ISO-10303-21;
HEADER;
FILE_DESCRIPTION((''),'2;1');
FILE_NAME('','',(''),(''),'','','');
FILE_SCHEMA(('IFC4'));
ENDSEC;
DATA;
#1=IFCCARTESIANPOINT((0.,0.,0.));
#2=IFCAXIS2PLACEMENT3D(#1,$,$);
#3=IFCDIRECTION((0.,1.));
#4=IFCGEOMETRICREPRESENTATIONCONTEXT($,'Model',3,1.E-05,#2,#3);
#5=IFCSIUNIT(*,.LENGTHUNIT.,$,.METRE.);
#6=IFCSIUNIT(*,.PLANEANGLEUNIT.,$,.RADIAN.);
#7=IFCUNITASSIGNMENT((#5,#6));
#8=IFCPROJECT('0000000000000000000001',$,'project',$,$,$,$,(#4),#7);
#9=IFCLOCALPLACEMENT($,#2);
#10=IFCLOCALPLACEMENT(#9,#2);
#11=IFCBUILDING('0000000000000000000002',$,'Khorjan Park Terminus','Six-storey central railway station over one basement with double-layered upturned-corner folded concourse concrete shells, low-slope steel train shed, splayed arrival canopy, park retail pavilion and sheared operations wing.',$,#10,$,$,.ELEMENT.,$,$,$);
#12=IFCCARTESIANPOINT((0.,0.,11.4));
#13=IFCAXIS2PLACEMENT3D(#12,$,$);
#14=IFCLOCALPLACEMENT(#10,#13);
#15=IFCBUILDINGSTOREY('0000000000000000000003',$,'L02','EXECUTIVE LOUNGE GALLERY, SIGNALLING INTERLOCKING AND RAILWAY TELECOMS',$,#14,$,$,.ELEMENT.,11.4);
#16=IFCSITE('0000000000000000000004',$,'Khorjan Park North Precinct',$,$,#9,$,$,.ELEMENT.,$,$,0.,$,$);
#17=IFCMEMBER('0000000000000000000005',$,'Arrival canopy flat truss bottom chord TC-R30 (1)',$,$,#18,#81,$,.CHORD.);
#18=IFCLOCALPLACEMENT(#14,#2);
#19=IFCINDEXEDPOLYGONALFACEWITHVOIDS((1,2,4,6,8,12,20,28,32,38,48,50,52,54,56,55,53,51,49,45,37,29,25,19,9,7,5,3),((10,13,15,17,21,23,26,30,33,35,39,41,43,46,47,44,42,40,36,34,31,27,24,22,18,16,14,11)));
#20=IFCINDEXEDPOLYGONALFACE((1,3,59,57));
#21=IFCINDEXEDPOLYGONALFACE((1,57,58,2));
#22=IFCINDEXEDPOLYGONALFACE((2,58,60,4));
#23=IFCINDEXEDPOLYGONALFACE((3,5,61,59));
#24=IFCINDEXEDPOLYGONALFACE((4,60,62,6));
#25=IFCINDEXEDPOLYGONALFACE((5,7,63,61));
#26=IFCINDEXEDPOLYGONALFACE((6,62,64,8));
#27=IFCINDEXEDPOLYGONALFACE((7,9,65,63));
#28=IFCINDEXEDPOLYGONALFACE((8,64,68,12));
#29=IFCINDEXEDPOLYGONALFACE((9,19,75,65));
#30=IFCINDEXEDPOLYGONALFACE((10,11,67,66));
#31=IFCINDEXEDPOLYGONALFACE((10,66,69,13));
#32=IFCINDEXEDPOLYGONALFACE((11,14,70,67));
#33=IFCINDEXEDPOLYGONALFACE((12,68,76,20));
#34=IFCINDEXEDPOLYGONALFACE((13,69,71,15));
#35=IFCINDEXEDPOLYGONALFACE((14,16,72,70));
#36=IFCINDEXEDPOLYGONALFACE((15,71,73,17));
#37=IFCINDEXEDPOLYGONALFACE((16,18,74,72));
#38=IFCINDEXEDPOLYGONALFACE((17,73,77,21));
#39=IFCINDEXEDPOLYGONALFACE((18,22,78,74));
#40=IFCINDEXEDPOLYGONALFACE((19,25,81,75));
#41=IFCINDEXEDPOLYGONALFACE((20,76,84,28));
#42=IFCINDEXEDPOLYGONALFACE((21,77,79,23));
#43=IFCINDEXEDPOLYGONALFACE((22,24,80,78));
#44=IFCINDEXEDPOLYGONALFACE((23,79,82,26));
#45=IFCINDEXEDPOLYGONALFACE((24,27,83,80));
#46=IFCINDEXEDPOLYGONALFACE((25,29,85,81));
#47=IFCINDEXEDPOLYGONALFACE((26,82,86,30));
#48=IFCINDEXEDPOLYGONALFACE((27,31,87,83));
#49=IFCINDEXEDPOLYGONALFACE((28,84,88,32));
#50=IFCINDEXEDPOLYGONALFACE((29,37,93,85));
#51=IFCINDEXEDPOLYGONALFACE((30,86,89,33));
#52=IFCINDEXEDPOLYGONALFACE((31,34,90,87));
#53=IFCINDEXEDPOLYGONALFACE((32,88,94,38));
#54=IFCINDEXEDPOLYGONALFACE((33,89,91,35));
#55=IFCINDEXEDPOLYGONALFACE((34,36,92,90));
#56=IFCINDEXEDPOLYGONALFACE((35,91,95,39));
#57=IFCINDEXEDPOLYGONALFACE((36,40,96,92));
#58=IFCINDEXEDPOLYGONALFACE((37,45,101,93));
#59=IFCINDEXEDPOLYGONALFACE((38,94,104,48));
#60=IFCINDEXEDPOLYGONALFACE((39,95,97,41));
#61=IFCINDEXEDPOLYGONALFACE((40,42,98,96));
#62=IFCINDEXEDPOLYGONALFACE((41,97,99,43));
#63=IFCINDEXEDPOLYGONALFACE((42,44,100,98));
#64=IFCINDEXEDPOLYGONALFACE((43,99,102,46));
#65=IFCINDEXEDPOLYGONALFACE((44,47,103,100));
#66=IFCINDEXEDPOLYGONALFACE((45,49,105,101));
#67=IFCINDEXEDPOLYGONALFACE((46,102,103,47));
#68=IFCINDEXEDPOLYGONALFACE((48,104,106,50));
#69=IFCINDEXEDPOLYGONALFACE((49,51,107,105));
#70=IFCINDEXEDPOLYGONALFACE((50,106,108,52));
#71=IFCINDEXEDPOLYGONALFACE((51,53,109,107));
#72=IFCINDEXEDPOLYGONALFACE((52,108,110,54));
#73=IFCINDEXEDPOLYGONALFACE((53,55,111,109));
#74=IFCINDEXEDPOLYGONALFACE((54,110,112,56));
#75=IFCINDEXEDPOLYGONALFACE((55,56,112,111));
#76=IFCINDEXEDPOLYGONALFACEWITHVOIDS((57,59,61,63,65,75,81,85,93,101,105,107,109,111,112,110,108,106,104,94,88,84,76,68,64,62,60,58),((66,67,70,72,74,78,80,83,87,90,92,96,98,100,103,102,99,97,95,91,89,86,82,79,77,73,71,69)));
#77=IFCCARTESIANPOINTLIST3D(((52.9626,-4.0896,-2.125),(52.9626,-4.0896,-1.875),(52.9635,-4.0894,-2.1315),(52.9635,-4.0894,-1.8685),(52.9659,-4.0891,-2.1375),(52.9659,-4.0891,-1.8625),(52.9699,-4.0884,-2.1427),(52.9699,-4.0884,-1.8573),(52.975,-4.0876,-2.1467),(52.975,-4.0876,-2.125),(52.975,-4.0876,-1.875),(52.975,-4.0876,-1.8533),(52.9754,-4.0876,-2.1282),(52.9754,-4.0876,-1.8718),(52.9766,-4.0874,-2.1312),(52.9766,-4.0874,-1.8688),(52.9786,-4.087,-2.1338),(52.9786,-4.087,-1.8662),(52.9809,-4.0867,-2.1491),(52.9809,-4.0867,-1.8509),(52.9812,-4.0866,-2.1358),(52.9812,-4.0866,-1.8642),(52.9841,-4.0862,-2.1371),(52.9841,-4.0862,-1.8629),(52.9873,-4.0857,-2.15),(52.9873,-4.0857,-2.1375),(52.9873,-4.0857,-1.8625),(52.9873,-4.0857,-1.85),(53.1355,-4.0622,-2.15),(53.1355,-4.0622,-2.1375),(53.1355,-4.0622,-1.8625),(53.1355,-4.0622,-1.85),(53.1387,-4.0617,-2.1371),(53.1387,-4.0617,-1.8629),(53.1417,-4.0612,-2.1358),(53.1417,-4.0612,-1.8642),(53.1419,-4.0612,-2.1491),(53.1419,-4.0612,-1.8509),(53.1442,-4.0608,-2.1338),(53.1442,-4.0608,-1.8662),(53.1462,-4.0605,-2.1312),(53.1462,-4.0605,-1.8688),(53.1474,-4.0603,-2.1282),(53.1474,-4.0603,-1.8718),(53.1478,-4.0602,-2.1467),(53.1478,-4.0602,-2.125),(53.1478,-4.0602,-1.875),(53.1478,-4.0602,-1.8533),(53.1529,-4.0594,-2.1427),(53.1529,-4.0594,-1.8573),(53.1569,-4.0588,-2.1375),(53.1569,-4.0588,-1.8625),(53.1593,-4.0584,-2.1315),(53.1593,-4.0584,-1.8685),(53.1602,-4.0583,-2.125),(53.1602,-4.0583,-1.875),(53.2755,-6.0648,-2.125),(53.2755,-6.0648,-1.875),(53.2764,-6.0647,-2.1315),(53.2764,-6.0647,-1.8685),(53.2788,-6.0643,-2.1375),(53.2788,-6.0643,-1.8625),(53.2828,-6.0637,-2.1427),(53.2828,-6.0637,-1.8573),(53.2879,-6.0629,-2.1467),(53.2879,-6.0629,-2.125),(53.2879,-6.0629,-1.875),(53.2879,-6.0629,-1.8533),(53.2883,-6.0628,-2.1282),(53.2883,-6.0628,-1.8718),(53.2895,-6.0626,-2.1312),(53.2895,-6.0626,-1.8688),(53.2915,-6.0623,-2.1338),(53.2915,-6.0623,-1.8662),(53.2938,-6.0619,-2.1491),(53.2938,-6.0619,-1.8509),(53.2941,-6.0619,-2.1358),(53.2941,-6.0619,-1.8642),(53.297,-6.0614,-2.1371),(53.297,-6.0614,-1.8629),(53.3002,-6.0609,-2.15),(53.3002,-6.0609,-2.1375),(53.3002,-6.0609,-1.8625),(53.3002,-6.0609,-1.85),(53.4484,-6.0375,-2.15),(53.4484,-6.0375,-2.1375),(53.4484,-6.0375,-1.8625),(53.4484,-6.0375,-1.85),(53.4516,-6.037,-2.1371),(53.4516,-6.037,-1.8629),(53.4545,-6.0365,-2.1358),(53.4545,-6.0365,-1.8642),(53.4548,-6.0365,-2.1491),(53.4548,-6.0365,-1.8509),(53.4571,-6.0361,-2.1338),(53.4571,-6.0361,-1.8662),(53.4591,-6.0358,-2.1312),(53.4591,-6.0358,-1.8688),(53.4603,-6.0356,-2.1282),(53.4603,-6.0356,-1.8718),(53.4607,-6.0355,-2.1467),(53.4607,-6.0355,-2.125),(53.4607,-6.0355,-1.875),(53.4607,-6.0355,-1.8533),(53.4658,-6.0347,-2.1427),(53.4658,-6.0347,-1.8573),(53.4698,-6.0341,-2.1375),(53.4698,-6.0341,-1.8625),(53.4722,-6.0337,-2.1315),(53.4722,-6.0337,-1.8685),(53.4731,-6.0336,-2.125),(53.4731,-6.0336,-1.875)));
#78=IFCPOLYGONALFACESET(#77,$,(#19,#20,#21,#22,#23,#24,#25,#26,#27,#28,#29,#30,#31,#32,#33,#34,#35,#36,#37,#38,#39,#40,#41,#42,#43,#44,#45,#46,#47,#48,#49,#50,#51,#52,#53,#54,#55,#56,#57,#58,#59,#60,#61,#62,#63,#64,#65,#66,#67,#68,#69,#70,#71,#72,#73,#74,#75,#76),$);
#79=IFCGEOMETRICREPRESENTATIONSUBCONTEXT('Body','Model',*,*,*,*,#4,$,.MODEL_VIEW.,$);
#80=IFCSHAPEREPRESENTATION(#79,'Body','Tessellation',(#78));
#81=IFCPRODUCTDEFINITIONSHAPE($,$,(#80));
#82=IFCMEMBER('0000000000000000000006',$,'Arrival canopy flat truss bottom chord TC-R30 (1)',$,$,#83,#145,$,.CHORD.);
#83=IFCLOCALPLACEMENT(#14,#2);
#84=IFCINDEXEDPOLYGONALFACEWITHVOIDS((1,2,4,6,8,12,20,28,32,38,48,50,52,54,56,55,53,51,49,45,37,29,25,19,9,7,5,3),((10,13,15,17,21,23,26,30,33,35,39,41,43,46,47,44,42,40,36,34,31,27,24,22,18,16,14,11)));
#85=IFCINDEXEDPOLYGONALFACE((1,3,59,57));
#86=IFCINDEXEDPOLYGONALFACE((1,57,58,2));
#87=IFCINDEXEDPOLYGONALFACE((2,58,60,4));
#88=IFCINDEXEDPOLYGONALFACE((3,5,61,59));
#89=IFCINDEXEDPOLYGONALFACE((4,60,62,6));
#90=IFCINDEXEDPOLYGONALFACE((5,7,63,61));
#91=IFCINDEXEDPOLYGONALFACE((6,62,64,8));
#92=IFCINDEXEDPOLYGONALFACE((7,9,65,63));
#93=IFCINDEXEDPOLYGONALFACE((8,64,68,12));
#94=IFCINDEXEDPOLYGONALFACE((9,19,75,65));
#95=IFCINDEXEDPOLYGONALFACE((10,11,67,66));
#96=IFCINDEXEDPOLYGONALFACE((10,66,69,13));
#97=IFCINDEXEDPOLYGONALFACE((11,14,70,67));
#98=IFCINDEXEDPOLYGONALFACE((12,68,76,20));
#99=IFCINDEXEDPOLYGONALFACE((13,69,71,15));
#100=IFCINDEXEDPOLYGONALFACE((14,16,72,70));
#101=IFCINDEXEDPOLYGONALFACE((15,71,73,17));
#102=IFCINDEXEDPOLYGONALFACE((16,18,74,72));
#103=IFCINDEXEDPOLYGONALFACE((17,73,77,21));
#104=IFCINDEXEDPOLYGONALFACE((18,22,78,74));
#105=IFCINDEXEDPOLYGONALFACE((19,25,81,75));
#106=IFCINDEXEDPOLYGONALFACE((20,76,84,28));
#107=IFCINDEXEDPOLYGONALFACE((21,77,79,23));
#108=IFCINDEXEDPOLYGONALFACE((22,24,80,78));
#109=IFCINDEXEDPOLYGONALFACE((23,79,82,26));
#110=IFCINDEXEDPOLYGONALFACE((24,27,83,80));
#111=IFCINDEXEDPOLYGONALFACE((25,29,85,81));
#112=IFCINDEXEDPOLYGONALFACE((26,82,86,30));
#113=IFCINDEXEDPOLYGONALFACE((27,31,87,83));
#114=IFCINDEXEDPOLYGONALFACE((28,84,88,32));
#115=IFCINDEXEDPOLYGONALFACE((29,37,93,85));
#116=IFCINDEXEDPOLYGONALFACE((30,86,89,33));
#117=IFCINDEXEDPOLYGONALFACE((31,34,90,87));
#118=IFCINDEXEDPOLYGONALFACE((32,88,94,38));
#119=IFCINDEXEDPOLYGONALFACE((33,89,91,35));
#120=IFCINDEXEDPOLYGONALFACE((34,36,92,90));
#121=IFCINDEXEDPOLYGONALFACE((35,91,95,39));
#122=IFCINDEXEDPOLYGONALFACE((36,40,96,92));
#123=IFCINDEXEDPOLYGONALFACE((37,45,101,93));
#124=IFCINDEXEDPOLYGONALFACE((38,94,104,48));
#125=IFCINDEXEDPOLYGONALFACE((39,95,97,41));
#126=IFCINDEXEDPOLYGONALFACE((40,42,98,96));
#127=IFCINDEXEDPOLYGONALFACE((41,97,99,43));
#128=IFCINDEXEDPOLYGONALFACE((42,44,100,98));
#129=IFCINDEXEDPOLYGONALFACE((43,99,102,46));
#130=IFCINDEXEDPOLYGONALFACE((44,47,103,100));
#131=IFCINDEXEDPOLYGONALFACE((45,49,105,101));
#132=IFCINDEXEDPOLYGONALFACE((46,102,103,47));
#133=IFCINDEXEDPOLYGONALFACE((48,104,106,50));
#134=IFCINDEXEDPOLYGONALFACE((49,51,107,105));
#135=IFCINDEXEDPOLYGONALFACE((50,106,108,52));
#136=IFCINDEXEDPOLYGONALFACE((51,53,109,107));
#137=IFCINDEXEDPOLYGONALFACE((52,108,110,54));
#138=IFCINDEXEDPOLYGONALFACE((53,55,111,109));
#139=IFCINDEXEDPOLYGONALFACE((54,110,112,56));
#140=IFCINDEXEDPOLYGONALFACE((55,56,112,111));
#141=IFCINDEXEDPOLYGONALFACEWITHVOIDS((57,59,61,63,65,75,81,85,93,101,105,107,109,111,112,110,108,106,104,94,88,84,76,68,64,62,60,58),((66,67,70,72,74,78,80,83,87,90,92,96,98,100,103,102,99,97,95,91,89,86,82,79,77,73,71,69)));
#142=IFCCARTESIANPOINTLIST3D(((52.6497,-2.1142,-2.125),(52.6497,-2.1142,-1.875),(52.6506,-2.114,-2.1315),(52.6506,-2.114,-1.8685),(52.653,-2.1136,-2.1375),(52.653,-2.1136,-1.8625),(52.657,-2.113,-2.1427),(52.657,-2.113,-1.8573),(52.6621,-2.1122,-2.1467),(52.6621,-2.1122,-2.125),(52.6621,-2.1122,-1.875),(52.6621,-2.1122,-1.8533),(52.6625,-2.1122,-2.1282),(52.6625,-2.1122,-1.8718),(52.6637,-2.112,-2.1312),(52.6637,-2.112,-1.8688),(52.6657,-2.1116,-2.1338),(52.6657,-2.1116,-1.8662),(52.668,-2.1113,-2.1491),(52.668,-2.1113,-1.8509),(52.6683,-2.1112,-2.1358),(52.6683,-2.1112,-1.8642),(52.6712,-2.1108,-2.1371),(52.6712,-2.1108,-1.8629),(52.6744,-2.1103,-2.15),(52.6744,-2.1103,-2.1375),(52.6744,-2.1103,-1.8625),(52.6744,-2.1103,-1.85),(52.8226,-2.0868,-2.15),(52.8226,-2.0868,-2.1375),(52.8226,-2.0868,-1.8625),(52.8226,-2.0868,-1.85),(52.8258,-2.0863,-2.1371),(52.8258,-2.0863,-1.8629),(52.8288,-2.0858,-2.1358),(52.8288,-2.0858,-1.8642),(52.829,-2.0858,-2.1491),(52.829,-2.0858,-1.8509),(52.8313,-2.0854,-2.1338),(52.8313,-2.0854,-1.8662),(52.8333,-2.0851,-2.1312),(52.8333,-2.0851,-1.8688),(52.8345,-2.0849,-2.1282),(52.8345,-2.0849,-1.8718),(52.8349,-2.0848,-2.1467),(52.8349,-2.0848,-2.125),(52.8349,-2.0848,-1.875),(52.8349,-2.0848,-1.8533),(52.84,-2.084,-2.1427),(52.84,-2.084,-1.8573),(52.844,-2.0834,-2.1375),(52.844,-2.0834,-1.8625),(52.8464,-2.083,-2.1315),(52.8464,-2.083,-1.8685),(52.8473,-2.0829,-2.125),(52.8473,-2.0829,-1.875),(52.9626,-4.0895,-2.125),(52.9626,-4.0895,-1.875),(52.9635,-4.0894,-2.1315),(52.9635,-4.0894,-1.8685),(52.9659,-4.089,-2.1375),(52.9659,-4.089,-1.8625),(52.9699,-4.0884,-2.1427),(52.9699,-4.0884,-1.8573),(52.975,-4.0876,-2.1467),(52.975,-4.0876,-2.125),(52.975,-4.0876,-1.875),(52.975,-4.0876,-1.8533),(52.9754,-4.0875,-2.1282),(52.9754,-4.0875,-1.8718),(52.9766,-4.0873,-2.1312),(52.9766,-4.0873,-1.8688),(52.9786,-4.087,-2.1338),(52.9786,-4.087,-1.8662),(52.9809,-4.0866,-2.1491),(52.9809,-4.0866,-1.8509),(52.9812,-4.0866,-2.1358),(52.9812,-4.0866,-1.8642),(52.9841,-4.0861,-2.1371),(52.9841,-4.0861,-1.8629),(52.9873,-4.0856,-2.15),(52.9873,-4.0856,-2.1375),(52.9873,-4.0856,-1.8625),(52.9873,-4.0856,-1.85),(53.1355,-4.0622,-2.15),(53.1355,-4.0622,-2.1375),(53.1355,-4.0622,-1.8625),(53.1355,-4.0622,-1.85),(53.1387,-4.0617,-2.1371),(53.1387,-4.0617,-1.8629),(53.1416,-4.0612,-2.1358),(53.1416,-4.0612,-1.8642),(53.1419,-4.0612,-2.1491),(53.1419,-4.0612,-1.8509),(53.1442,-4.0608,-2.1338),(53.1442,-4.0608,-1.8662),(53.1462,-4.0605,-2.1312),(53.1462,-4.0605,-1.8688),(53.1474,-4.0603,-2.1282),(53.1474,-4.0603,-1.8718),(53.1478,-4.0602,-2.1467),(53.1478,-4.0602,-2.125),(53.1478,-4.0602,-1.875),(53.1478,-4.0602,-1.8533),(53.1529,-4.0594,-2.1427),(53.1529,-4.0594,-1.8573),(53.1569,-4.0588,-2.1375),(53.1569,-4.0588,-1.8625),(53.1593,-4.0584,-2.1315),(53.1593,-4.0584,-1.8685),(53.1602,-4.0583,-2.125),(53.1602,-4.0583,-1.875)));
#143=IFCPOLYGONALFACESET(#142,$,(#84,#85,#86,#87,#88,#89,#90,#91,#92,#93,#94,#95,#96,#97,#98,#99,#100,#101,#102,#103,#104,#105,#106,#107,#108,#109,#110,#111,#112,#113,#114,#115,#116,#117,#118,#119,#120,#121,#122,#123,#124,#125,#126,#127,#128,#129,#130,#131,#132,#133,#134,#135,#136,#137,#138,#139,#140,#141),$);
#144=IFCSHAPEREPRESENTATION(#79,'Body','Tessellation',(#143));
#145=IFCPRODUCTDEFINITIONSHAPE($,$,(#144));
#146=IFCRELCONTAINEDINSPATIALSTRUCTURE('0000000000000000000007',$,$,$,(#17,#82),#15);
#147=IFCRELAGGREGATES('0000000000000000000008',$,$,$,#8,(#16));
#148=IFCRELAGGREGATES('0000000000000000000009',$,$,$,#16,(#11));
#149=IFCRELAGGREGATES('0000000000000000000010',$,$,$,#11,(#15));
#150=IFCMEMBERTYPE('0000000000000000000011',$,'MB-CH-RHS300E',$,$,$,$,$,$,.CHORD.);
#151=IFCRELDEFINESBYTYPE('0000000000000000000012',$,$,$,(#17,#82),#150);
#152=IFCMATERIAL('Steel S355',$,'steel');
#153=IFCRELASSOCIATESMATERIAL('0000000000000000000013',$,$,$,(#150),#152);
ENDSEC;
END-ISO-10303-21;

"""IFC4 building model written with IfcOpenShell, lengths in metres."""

from ifc_helpers import new_model, si_unit, direction, frame, origin, origin_2d, place, context, subcontext, project, spatial, hollow_rectangle, extrude, material, material_profile, profile_set, type_object, element, save


model = new_model("IFC4")

# Units and contexts
model_context = context("Model", 3, precision=1e-05, world=origin(), true_north=direction((0.0, 1.0)))
body_context = subcontext(model_context, "Body", "Model", "MODEL_VIEW")
ifc_project = project(units=[si_unit("LENGTHUNIT", "METRE"), si_unit("PLANEANGLEUNIT", "RADIAN")], contexts=[model_context])

# Site, building, storey
site_placement = place(None, origin())
site = spatial("IfcSite", under=ifc_project, at=site_placement, Name="Khorjan Park North Precinct", CompositionType="ELEMENT", RefElevation=0.0)
building_placement = place(site_placement, origin())
building = spatial("IfcBuilding", under=site, at=building_placement, Name="Khorjan Park Terminus", Description="Six-storey central railway station over one basement with double-layered upturned-corner folded concourse concrete shells, low-slope steel train shed, splayed arrival canopy, park retail pavilion and sheared operations wing.", CompositionType="ELEMENT")
storey_placement = place(building_placement, frame((0.0, 0.0, 11.4)))
storey = spatial("IfcBuildingStorey", under=building, at=storey_placement, Name="L02", Description="EXECUTIVE LOUNGE GALLERY, SIGNALLING INTERLOCKING AND RAILWAY TELECOMS", CompositionType="ELEMENT", Elevation=11.4)

# Members
ifc_material_1 = material(Name="Steel S355", Category="steel")
ifc_material_profile_1 = material_profile(ifc_material_1, hollow_rectangle(XDim=0.2, YDim=0.3, WallThickness=0.0125, InnerFilletRadius=0.0125, OuterFilletRadius=0.025, at=origin_2d()), Name="RHS 300x200x12.5")
ifc_profile_set_1 = profile_set([ifc_material_profile_1], Name="Steel S355")
member_type_1 = type_object("IfcMemberType", Name="MB-CH-RHS300E", PredefinedType="CHORD", material=ifc_profile_set_1)
member_1_placement = place(storey_placement, frame((53.3743, -6.0492, -2.0), z_axis=(-0.156456, 0.987685, 0.0), x_axis=(-0.987685, -0.156456, 0.0)))
element("IfcMember", 1, at=member_1_placement, inside=storey, type_object=member_type_1, Name="Arrival canopy flat truss bottom chord TC-R30 (1)", PredefinedType="CHORD", context=body_context, shape_type="SweptSolid", body=[
    extrude(hollow_rectangle(XDim=0.2, YDim=0.3, WallThickness=0.0125, InnerFilletRadius=0.0125, OuterFilletRadius=0.025, at=origin_2d()), origin(), (0.0, 0.0, 1.0), 1.9999),
])
for number, where, z_axis, x_axis, name in (
    (2, (53.0614, -4.0739, -2.0), (-0.156448, 0.987686, 0.0), (-0.987686, -0.156448, 0.0), "Arrival canopy flat truss bottom chord TC-R30 (1)"),
):
    element("IfcMember", number, at=place(storey_placement, frame(where, z_axis=z_axis, x_axis=x_axis)), inside=storey, type_object=member_type_1, Name=name, PredefinedType="CHORD", context=body_context, shape_type="SweptSolid", body=[
        extrude(hollow_rectangle(XDim=0.2, YDim=0.3, WallThickness=0.0125, InnerFilletRadius=0.0125, OuterFilletRadius=0.025, at=origin_2d()), origin(), (0.0, 0.0, 1.0), 2.0),
    ])

save(model, "model.ifc")
